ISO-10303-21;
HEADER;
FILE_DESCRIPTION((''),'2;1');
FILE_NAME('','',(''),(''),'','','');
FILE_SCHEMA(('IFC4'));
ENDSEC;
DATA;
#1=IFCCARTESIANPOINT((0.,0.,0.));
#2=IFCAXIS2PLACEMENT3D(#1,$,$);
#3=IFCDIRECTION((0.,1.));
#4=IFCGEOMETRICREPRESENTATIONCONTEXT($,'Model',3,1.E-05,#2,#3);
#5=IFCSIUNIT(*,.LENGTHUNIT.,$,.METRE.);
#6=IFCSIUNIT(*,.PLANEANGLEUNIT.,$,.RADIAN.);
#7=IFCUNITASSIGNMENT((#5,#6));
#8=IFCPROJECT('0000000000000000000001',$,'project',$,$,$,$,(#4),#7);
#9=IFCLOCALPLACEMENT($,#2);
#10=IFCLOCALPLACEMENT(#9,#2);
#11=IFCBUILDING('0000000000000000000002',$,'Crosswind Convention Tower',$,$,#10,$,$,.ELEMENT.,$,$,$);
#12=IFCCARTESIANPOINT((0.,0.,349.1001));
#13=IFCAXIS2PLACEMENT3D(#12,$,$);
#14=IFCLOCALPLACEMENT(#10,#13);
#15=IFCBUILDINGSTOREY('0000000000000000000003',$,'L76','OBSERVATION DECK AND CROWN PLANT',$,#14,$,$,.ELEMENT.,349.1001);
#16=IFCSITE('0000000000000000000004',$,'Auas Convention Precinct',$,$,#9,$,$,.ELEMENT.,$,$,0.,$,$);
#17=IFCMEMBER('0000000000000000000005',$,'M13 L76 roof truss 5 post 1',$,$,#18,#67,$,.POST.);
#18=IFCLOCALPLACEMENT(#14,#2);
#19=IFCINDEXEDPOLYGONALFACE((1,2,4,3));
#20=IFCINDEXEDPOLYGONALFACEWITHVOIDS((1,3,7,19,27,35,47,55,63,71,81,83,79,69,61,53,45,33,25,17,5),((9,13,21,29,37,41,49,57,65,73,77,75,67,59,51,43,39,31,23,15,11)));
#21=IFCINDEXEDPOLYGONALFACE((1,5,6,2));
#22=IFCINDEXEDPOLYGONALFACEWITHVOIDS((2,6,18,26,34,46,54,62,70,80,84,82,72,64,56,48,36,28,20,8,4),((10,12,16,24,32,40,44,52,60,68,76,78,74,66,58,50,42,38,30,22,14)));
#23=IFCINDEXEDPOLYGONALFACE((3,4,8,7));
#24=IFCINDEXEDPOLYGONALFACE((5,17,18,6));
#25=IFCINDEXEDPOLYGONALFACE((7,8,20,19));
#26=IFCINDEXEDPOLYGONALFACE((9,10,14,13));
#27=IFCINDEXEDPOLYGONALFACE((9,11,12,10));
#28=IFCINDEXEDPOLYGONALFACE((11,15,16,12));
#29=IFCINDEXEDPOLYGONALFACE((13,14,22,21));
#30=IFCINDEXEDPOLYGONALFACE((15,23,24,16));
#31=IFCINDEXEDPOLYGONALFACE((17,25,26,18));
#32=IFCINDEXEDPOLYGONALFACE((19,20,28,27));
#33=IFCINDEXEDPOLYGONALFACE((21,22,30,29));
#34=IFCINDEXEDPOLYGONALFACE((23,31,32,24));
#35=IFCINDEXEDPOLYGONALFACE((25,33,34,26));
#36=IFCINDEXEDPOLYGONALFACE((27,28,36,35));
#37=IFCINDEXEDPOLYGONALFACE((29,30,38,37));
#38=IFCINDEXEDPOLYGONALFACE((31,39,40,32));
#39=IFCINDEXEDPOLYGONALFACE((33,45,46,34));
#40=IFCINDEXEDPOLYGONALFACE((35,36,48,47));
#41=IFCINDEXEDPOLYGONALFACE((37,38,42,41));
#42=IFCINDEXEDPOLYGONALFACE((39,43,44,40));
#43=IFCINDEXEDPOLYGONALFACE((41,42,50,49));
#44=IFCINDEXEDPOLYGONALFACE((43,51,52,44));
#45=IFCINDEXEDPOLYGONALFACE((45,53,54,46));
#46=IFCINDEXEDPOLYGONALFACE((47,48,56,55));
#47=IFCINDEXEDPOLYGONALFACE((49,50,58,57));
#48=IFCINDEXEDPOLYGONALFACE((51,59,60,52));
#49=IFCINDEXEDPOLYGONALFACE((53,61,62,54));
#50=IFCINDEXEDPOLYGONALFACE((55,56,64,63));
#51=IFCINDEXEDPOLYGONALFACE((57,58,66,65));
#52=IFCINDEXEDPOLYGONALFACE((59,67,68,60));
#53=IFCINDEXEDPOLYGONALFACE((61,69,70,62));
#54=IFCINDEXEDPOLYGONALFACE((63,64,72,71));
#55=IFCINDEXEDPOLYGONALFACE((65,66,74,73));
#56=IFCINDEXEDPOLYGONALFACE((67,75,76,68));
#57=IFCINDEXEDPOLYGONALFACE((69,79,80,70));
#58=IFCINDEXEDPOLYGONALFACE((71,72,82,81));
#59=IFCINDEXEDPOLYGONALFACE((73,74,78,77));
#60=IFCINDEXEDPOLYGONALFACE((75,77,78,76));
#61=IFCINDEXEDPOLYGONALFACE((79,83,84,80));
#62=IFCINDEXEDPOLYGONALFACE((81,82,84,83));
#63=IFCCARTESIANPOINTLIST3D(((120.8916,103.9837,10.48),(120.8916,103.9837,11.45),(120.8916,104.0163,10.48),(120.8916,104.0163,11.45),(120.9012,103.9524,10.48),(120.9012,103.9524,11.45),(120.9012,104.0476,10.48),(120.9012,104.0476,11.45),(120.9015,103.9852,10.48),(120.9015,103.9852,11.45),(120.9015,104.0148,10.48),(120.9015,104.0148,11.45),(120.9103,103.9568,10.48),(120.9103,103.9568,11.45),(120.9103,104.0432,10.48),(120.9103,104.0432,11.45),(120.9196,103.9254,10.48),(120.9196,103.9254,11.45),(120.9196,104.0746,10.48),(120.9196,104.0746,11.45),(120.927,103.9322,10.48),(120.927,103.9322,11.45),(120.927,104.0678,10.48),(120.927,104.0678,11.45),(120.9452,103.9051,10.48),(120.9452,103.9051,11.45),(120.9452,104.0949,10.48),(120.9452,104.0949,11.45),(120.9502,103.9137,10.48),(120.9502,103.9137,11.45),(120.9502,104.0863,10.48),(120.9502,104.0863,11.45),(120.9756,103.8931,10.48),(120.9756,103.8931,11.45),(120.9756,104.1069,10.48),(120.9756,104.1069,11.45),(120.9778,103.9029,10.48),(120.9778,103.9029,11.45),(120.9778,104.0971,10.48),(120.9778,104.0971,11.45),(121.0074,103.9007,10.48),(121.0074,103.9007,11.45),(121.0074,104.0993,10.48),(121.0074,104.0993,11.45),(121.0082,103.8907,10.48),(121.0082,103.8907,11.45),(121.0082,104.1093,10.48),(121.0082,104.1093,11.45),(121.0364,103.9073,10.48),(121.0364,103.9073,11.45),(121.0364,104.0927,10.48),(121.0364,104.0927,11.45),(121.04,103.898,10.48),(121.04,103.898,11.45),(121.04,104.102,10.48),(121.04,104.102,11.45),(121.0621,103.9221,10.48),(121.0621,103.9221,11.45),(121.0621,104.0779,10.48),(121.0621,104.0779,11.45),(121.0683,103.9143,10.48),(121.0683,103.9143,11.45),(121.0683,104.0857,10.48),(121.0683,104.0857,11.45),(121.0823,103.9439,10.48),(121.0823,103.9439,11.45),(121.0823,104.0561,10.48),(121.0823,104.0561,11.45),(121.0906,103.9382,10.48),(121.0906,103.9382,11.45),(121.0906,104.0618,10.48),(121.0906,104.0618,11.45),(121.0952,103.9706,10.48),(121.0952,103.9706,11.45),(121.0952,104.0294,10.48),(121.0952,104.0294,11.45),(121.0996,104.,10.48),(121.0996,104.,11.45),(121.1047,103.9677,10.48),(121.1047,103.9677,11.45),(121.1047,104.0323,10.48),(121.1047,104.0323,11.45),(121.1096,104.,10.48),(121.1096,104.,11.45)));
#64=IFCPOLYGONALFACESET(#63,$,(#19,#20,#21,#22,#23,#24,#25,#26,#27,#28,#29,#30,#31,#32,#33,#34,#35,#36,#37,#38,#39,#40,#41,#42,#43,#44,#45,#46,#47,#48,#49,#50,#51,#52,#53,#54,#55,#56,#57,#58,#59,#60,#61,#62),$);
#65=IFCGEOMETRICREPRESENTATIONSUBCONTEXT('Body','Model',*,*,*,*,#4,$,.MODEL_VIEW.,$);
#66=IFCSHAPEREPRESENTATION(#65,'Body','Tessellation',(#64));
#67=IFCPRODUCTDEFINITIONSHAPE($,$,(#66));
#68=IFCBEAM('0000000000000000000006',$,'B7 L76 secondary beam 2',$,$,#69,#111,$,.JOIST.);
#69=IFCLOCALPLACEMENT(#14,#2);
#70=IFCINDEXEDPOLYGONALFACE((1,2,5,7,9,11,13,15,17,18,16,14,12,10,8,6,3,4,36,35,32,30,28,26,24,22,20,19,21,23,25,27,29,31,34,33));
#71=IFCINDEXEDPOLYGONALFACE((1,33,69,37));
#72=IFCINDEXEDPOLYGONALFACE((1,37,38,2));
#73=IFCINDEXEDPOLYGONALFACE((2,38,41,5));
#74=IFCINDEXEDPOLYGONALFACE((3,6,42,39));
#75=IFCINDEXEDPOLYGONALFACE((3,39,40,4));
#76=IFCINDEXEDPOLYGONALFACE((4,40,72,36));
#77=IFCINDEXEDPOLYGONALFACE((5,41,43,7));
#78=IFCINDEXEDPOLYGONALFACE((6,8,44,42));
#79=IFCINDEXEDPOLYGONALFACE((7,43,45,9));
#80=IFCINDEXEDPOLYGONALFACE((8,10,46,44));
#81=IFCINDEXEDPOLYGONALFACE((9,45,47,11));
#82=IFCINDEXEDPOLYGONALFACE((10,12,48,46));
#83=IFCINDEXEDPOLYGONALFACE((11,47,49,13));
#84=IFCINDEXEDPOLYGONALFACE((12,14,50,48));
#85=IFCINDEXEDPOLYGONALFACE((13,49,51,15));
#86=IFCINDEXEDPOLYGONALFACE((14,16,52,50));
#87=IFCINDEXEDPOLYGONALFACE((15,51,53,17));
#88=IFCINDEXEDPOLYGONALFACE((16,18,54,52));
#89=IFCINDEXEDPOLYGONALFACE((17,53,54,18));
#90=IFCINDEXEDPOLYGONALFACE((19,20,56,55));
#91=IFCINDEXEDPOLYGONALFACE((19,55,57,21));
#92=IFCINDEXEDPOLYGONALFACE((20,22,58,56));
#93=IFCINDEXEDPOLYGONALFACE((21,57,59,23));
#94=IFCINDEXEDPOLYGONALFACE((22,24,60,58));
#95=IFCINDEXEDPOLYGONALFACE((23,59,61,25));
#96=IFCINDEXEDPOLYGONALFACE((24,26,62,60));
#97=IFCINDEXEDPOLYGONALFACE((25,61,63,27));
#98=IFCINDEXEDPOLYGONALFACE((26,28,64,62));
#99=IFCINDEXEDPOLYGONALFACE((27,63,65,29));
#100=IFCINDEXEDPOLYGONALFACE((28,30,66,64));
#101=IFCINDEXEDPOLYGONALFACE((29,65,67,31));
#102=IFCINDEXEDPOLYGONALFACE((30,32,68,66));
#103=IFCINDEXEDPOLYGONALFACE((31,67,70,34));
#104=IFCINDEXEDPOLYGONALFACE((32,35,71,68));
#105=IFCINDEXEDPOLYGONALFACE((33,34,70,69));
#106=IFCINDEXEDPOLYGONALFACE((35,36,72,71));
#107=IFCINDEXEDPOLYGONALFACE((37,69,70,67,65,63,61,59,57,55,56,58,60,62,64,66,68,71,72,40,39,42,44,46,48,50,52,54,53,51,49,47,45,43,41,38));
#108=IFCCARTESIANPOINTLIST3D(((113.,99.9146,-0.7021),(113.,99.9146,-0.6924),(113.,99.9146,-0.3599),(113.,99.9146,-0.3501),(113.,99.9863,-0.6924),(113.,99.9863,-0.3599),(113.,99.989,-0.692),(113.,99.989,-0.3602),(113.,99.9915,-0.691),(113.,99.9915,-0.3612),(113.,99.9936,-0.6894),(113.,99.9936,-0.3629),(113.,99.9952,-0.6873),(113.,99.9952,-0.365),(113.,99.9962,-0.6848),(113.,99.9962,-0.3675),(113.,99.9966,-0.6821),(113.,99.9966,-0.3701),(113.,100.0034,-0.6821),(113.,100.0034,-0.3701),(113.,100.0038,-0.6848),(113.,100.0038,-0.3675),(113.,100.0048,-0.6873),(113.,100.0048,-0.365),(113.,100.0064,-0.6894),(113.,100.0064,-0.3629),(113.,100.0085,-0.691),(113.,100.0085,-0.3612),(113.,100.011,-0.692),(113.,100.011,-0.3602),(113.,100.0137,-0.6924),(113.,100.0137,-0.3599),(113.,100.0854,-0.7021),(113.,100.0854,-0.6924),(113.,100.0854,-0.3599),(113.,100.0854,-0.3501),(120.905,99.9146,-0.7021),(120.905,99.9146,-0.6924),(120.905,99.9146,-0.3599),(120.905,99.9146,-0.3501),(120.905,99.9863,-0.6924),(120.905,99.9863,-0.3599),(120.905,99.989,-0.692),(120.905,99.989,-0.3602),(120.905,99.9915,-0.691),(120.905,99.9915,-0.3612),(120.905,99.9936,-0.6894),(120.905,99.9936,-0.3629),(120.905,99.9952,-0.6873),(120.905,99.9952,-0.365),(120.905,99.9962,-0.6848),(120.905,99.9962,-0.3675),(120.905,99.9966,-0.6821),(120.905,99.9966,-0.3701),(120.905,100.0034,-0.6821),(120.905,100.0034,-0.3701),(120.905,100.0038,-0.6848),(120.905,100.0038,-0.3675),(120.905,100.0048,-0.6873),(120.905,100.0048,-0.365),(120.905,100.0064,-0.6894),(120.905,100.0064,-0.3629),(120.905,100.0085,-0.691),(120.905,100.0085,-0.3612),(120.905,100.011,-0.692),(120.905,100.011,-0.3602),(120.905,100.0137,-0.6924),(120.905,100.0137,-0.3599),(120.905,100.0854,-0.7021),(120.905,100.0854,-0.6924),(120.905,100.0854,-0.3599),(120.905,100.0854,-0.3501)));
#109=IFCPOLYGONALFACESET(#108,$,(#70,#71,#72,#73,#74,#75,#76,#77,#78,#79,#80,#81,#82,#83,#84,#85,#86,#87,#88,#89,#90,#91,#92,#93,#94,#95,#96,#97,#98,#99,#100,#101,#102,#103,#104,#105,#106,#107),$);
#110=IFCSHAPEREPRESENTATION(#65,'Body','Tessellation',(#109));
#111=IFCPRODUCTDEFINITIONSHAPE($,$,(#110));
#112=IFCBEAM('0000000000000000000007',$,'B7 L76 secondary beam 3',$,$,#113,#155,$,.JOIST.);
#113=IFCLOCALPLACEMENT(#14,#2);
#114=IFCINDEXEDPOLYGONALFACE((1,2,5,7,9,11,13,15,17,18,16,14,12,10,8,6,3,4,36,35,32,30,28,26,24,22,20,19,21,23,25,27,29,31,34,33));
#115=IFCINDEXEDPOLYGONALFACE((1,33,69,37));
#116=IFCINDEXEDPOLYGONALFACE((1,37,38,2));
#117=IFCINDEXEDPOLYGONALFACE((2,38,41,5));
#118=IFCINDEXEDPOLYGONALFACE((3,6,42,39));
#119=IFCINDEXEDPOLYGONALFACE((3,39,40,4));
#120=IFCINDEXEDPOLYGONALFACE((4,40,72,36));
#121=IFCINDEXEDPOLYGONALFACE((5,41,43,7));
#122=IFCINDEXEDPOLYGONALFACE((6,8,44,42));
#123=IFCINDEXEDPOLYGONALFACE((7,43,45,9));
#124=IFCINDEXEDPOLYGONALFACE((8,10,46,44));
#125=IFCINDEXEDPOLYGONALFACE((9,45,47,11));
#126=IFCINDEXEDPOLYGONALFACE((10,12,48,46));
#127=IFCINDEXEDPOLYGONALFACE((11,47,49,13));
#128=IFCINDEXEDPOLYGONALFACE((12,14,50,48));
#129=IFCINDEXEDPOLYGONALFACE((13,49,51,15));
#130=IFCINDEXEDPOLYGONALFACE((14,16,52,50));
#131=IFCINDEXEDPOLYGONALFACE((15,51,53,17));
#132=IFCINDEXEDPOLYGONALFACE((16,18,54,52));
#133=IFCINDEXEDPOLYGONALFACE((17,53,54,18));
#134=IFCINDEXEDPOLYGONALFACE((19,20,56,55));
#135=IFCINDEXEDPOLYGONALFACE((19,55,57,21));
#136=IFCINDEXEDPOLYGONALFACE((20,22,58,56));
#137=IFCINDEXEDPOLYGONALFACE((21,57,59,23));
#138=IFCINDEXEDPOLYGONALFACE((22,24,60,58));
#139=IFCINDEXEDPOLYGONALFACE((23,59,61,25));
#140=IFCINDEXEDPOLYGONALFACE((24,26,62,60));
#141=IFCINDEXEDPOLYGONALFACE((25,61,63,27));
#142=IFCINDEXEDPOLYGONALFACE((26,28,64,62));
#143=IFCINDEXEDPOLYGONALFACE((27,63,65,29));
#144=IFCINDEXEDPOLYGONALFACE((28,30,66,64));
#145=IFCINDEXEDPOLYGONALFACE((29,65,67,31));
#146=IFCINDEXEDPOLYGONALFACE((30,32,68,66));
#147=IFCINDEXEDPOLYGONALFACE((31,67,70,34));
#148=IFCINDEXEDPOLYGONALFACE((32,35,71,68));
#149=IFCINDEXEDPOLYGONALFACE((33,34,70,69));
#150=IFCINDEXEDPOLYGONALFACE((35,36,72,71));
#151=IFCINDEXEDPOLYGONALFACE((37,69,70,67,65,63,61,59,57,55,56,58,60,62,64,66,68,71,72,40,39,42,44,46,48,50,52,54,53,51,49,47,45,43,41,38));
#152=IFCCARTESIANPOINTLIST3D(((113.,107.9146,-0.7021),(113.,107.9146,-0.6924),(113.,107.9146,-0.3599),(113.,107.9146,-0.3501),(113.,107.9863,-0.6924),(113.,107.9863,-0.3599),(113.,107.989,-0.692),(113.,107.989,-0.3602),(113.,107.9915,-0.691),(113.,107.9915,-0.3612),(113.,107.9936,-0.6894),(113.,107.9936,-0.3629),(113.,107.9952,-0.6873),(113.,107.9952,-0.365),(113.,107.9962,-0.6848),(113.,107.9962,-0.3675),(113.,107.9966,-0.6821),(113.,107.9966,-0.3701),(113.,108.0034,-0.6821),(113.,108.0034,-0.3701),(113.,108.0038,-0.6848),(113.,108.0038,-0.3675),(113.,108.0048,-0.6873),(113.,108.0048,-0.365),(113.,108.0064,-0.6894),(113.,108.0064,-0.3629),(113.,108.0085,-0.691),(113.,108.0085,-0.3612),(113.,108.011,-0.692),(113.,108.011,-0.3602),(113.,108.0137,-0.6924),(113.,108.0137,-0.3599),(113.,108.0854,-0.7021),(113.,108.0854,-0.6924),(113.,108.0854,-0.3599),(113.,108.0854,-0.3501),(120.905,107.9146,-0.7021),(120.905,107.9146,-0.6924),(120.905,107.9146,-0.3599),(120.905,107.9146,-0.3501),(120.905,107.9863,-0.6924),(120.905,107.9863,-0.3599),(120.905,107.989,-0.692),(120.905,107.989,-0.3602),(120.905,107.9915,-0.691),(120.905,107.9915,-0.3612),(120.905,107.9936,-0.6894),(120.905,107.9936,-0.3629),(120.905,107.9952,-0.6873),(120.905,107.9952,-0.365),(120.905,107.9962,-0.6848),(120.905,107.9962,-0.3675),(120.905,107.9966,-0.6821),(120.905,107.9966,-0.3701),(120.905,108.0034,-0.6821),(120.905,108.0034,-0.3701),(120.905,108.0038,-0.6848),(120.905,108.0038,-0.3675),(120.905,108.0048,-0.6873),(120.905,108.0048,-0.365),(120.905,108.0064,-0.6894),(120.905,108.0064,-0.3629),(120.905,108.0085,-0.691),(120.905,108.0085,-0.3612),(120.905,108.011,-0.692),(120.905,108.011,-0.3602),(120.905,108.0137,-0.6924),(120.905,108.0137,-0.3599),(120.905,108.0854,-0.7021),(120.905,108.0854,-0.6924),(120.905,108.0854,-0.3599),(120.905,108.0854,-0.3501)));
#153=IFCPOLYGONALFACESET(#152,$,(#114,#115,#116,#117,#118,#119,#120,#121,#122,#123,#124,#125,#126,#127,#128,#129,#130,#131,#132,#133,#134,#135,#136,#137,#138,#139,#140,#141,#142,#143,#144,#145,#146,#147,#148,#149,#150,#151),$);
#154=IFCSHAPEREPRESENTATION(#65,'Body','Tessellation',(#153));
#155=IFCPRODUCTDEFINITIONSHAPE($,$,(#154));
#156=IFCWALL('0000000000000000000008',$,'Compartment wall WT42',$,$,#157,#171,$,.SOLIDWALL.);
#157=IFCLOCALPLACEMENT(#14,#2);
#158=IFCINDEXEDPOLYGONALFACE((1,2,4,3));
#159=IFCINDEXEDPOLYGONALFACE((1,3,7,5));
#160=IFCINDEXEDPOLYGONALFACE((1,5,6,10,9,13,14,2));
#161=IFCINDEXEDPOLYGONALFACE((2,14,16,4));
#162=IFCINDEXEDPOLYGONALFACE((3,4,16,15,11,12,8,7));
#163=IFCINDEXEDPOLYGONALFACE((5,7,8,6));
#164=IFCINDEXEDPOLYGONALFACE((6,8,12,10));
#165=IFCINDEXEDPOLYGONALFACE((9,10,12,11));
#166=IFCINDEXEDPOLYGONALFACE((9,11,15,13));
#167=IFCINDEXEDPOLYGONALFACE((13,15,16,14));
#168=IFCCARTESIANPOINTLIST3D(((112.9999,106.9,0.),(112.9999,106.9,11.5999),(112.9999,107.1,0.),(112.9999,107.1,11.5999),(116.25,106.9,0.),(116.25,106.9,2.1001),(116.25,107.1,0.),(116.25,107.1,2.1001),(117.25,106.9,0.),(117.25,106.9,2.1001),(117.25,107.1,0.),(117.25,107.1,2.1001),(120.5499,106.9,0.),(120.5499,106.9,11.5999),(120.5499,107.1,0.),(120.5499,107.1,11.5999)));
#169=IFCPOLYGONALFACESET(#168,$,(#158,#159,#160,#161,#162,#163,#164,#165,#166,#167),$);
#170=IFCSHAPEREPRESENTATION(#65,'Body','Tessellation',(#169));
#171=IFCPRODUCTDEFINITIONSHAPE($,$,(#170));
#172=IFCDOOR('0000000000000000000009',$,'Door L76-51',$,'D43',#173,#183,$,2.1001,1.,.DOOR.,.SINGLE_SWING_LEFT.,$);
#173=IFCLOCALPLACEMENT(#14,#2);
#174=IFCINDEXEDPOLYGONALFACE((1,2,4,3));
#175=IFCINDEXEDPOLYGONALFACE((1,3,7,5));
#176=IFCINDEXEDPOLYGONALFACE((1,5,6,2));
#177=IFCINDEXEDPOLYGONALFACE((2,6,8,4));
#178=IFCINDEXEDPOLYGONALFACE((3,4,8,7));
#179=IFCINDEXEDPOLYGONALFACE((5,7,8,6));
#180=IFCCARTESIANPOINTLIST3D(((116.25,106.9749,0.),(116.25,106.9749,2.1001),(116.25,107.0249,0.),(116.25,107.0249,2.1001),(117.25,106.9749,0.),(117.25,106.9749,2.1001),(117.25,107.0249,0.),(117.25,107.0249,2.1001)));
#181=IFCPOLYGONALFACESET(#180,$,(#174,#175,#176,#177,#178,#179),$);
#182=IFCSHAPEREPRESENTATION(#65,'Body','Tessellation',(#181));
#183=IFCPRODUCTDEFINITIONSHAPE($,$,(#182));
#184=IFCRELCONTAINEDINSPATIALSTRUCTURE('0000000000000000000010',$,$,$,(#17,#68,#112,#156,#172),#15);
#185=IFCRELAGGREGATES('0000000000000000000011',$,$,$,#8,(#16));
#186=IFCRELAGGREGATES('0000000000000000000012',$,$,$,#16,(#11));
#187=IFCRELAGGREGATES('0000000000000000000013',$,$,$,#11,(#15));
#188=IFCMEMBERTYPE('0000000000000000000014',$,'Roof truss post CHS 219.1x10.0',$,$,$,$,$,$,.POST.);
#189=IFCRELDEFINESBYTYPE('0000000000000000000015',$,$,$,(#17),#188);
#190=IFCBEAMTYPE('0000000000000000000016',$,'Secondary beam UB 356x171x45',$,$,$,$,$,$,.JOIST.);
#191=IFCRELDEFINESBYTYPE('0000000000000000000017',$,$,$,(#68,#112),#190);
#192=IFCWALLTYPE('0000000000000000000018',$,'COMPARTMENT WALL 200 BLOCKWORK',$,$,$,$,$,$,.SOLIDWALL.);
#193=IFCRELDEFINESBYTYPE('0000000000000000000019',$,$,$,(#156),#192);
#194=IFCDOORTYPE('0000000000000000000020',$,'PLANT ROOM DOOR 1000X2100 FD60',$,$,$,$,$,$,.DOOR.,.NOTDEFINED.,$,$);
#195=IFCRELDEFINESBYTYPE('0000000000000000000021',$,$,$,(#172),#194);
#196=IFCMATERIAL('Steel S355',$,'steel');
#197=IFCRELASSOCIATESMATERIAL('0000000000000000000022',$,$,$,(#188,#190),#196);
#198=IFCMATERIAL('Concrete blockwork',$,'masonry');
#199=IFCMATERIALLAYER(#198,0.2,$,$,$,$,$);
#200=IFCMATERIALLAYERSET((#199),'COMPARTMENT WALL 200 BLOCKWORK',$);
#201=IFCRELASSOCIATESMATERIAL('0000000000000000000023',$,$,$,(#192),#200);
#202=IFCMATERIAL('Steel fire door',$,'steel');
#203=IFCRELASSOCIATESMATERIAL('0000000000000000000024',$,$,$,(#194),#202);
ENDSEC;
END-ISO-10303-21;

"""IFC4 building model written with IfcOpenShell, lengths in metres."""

from ifc_helpers import new_model, si_unit, direction, frame, frame_2d, origin, origin_2d, place, context, subcontext, project, spatial, rectangle, hollow_circle, i_section, extrude, material, layer, layer_set, material_profile, profile_set, type_object, element, fill, save


model = new_model("IFC4")

# Units and contexts
model_context = context("Model", 3, precision=1e-05, world=origin(), true_north=direction((0.0, 1.0)))
body_context = subcontext(model_context, "Body", "Model", "MODEL_VIEW")
ifc_project = project(units=[si_unit("LENGTHUNIT", "METRE"), si_unit("PLANEANGLEUNIT", "RADIAN")], contexts=[model_context])

# Site, building, storey
site_placement = place(None, origin())
site = spatial("IfcSite", under=ifc_project, at=site_placement, Name="Auas Convention Precinct", CompositionType="ELEMENT", RefElevation=0.0)
building_placement = place(site_placement, origin())
building = spatial("IfcBuilding", under=site, at=building_placement, Name="Crosswind Convention Tower", CompositionType="ELEMENT")
storey_placement = place(building_placement, frame((0.0, 0.0, 349.1001)))
storey = spatial("IfcBuildingStorey", under=building, at=storey_placement, Name="L76", Description="OBSERVATION DECK AND CROWN PLANT", CompositionType="ELEMENT", Elevation=349.1001)

# Shared definitions
ifc_material_1 = material(Name="Steel S355", Category="steel")

# Member
ifc_material_profile_1 = material_profile(ifc_material_1, hollow_circle(Radius=0.1096, WallThickness=0.01, at=origin_2d()), Name="CHS 219.1x10.0")
ifc_profile_set_1 = profile_set([ifc_material_profile_1], Name="Steel S355")
member_type_1 = type_object("IfcMemberType", Name="Roof truss post CHS 219.1x10.0", PredefinedType="POST", material=ifc_profile_set_1)
for number, where, z_axis, x_axis, name in (
    (1, (121.0, 104.0, 10.48), (0.0, 0.0, 1.0), (1.0, 0.0, 0.0), "M13 L76 roof truss 5 post 1"),
):
    element("IfcMember", number, at=place(storey_placement, frame(where, z_axis=z_axis, x_axis=x_axis)), inside=storey, type_object=member_type_1, Name=name, PredefinedType="POST", context=body_context, shape_type="SweptSolid", body=[
        extrude(hollow_circle(Radius=0.1096, WallThickness=0.01, at=origin_2d()), origin(), (0.0, 0.0, 1.0), 0.97),
    ])

# Beams
ifc_material_profile_2 = material_profile(ifc_material_1, i_section(OverallWidth=0.1709, OverallDepth=0.3521, WebThickness=0.0068, FlangeThickness=0.0098, FilletRadius=0.0103, at=origin_2d()), Name="UB 356x171x45")
ifc_profile_set_2 = profile_set([ifc_material_profile_2], Name="Steel S355")
beam_type_1 = type_object("IfcBeamType", Name="Secondary beam UB 356x171x45", PredefinedType="JOIST", material=ifc_profile_set_2)
for number, where, z_axis, x_axis, name in (
    (2, (113.0, 100.0, -0.5261), (1.0, 0.0, 0.0), (0.0, 1.0, 0.0), "B7 L76 secondary beam 2"),
    (3, (113.0, 108.0, -0.5261), (1.0, 0.0, 0.0), (0.0, 1.0, 0.0), "B7 L76 secondary beam 3"),
):
    element("IfcBeam", number, at=place(storey_placement, frame(where, z_axis=z_axis, x_axis=x_axis)), inside=storey, type_object=beam_type_1, Name=name, PredefinedType="JOIST", context=body_context, shape_type="SweptSolid", body=[
        extrude(i_section(OverallWidth=0.1709, OverallDepth=0.3521, WebThickness=0.0068, FlangeThickness=0.0098, FilletRadius=0.0103, at=origin_2d()), origin(), (0.0, 0.0, 1.0), 7.905),
    ])

# Wall, opening, door
ifc_material_2 = material(Name="Concrete blockwork", Category="masonry")
ifc_layer_1 = layer(ifc_material_2, 0.2)
ifc_layer_set_1 = layer_set([ifc_layer_1], Name="COMPARTMENT WALL 200 BLOCKWORK")
wall_type = type_object("IfcWallType", Name="COMPARTMENT WALL 200 BLOCKWORK", PredefinedType="SOLIDWALL", material=ifc_layer_set_1)
wall_placement = place(storey_placement, frame((113.0, 107.0, 0.0), z_axis=(0.0, 0.0, 1.0), x_axis=(1.0, 0.0, 0.0)))
wall = element("IfcWall", 4, at=wall_placement, inside=storey, type_object=wall_type, Name="Compartment wall WT42", PredefinedType="SOLIDWALL", context=body_context, shape_type="SweptSolid", body=[
    extrude(rectangle(XDim=7.55, YDim=0.2, at=frame_2d((3.7749, 0.0))), origin(), (0.0, 0.0, 1.0), 11.5999),
])
opening_placement = place(wall_placement, frame((3.25, 0.0, 0.0)))
opening = element("IfcOpeningElement", 5, at=opening_placement, cuts=wall, PredefinedType="OPENING", context=body_context, shape_type="SweptSolid", body=[
    extrude(rectangle(XDim=1.0, YDim=2.1001, at=frame_2d((0.5, 1.05))), frame((0.0, 0.1099, 0.0), z_axis=(0.0, -1.0, 0.0), x_axis=(1.0, 0.0, 0.0)), (0.0, 0.0, 1.0), 0.22),
])
ifc_material_3 = material(Name="Steel fire door", Category="steel")
door_type = type_object("IfcDoorType", Name="PLANT ROOM DOOR 1000X2100 FD60", OperationType="NOTDEFINED", PredefinedType="DOOR", material=ifc_material_3)
door_placement = place(opening_placement, origin())
door = element("IfcDoor", 6, at=door_placement, inside=storey, type_object=door_type, Name="Door L76-51", ObjectType="D43", OperationType="SINGLE_SWING_LEFT", OverallHeight=2.1001, OverallWidth=1.0, PredefinedType="DOOR", context=body_context, shape_type="SweptSolid", body=[
    extrude(rectangle(XDim=1.0, YDim=2.1001, at=frame_2d((0.5, 1.05))), frame((0.0, 0.0249, 0.0), z_axis=(0.0, -1.0, 0.0), x_axis=(1.0, 0.0, 0.0)), (0.0, 0.0, 1.0), 0.05),
])
fill(opening, door)

save(model, "model.ifc")
